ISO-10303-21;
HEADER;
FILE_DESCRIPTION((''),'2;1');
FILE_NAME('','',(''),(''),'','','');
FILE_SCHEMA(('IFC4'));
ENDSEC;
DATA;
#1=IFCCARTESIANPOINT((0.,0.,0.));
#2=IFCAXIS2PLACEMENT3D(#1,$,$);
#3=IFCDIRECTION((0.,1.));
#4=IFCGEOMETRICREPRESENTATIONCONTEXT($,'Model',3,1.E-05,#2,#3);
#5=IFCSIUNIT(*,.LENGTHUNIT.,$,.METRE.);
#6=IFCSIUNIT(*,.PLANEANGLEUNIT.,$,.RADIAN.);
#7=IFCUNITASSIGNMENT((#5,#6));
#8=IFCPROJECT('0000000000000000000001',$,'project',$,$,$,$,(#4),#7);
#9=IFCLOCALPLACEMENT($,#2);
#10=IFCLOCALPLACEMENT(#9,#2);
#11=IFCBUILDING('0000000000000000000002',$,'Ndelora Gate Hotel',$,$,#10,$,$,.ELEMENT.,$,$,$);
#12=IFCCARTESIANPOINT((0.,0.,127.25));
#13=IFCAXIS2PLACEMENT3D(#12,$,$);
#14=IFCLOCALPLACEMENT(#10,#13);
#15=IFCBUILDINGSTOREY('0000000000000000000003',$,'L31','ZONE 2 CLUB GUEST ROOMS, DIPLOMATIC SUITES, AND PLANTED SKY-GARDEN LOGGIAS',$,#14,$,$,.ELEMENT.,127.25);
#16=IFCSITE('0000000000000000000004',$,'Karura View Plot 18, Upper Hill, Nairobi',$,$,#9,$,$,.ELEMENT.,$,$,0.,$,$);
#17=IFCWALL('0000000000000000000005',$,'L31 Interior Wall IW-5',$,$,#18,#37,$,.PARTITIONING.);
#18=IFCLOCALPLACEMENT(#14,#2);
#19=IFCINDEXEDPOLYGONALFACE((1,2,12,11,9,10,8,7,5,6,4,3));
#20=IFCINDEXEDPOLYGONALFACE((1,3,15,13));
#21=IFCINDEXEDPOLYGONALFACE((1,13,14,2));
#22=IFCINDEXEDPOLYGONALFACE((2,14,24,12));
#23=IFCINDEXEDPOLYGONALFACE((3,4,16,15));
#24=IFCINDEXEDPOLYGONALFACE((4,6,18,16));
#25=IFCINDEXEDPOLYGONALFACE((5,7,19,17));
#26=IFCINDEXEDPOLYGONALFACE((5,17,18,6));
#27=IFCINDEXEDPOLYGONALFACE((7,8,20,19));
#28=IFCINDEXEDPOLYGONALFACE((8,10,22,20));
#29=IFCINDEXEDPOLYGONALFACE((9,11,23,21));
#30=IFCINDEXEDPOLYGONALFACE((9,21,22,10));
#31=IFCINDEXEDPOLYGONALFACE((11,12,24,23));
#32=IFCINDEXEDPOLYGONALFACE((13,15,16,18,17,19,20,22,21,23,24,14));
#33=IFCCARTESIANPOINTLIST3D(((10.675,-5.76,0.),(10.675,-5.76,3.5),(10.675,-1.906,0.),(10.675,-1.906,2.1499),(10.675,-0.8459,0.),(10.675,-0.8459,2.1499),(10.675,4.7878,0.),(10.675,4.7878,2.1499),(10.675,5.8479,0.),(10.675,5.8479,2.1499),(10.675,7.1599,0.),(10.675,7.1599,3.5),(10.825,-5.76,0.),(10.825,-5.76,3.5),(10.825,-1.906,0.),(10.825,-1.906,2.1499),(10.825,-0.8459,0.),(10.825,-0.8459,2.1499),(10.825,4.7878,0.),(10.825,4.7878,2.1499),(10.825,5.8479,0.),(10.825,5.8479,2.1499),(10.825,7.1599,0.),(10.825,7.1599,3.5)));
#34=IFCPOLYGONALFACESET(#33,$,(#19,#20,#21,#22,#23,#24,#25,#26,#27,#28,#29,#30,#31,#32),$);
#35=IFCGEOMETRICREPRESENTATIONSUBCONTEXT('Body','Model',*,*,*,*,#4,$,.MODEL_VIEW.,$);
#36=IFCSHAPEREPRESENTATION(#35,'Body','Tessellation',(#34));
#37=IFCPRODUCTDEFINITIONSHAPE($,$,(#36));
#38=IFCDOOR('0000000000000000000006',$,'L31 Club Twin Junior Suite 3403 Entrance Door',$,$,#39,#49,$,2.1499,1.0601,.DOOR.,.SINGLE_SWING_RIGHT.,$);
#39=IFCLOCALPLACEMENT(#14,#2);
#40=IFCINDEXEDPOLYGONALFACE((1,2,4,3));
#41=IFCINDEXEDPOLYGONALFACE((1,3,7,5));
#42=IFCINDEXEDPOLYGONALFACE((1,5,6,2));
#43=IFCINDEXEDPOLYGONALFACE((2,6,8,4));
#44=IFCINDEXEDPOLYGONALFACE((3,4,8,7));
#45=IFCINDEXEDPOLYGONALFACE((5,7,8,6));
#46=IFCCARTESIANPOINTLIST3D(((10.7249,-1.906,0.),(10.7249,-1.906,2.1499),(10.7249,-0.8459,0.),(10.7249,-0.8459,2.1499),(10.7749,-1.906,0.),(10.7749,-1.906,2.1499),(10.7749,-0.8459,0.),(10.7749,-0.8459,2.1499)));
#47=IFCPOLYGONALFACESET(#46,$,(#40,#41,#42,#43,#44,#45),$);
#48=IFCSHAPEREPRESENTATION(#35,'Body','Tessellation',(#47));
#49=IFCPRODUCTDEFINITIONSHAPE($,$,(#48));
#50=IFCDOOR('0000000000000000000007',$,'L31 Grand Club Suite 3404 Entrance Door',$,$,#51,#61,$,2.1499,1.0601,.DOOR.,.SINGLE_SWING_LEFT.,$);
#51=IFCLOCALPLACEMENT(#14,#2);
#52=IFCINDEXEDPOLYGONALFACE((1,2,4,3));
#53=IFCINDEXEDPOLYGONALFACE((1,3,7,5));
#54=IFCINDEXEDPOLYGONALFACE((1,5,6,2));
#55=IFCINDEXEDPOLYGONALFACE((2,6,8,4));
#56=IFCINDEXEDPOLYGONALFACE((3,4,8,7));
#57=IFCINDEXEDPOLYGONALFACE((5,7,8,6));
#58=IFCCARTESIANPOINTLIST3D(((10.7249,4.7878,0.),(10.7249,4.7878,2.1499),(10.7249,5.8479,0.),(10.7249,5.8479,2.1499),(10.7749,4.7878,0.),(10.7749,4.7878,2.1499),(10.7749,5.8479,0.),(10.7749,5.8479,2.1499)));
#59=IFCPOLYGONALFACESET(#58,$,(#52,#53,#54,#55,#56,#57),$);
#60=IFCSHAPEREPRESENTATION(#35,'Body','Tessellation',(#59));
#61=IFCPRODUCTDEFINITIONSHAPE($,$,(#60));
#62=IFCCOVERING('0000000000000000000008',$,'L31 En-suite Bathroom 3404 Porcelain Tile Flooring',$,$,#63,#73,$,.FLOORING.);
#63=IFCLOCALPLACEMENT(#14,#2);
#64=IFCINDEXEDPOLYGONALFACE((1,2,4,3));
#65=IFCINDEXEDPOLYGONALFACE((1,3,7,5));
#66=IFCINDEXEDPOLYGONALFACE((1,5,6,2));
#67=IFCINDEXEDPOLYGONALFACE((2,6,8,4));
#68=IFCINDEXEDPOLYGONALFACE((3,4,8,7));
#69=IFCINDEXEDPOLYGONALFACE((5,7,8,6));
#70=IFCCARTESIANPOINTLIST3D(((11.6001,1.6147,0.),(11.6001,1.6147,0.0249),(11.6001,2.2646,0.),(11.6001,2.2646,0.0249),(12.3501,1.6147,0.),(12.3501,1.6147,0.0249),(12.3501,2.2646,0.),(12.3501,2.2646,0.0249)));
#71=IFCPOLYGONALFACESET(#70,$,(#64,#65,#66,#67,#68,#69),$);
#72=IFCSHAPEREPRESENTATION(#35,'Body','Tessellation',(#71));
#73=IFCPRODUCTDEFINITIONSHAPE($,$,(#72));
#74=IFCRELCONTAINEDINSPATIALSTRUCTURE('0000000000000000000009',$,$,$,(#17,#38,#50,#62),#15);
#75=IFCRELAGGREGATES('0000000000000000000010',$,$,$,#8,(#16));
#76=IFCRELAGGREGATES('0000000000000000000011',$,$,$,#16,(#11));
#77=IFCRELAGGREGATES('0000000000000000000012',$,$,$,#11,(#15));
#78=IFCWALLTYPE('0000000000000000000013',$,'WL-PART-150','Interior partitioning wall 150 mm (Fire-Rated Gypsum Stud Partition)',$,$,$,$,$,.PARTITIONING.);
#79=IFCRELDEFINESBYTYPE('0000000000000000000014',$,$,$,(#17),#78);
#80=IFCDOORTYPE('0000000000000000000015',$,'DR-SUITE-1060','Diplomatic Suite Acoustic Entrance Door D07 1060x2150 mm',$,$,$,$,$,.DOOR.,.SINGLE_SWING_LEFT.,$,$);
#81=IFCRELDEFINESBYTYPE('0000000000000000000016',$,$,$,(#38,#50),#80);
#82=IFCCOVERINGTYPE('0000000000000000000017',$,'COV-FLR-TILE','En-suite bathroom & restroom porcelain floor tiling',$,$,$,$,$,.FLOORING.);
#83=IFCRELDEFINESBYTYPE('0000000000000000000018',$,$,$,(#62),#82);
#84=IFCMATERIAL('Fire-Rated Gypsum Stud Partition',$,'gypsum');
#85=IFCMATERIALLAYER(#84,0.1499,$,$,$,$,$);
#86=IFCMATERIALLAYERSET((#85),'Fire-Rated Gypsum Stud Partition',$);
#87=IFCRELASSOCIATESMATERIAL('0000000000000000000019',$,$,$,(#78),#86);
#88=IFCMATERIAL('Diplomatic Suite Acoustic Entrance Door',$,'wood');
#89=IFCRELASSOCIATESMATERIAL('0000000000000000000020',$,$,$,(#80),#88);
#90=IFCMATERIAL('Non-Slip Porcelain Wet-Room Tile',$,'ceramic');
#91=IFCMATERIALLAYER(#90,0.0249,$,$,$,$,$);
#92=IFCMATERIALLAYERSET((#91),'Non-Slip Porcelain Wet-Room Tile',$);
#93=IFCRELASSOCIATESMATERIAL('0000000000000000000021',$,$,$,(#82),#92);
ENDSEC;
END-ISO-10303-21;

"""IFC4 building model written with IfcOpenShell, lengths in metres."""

from ifc_helpers import new_model, si_unit, direction, frame, frame_2d, origin, origin_2d, place, context, subcontext, project, spatial, rectangle, extrude, material, layer, layer_set, type_object, element, fill, save


model = new_model("IFC4")

# Units and contexts
model_context = context("Model", 3, precision=1e-05, world=origin(), true_north=direction((0.0, 1.0)))
body_context = subcontext(model_context, "Body", "Model", "MODEL_VIEW")
ifc_project = project(units=[si_unit("LENGTHUNIT", "METRE"), si_unit("PLANEANGLEUNIT", "RADIAN")], contexts=[model_context])

# Site, building, storey
site_placement = place(None, origin())
site = spatial("IfcSite", under=ifc_project, at=site_placement, Name="Karura View Plot 18, Upper Hill, Nairobi", CompositionType="ELEMENT", RefElevation=0.0)
building_placement = place(site_placement, origin())
building = spatial("IfcBuilding", under=site, at=building_placement, Name="Ndelora Gate Hotel", CompositionType="ELEMENT")
storey_placement = place(building_placement, frame((0.0, 0.0, 127.25)))
storey = spatial("IfcBuildingStorey", under=building, at=storey_placement, Name="L31", Description="ZONE 2 CLUB GUEST ROOMS, DIPLOMATIC SUITES, AND PLANTED SKY-GARDEN LOGGIAS", CompositionType="ELEMENT", Elevation=127.25)

# Wall, openings, doors
ifc_material_1 = material(Name="Fire-Rated Gypsum Stud Partition", Category="gypsum")
ifc_layer_1 = layer(ifc_material_1, 0.1499)
ifc_layer_set_1 = layer_set([ifc_layer_1], Name="Fire-Rated Gypsum Stud Partition")
wall_type_1 = type_object("IfcWallType", Name="WL-PART-150", Description="Interior partitioning wall 150 mm (Fire-Rated Gypsum Stud Partition)", PredefinedType="PARTITIONING", material=ifc_layer_set_1)
wall_1_placement = place(storey_placement, frame((10.75, 7.1599, 0.0), z_axis=(0.0, 0.0, 1.0), x_axis=(0.0, -1.0, 0.0)))
wall_1 = element("IfcWall", 1, at=wall_1_placement, inside=storey, type_object=wall_type_1, Name="L31 Interior Wall IW-5", PredefinedType="PARTITIONING", context=body_context, shape_type="SweptSolid", body=[
    extrude(rectangle(XDim=12.9199, YDim=0.1499, at=frame_2d((6.46, 0.0))), origin(), (0.0, 0.0, 1.0), 3.5),
])
opening_1_placement = place(wall_1_placement, frame((8.0059, 0.0, 0.0)))
opening_1 = element("IfcOpeningElement", 2, at=opening_1_placement, cuts=wall_1, PredefinedType="OPENING", context=body_context, shape_type="SweptSolid", body=[
    extrude(rectangle(XDim=1.0601, YDim=2.1499, at=frame_2d((0.53, 1.075))), frame((0.0, 0.085, 0.0), z_axis=(0.0, -1.0, 0.0), x_axis=(1.0, 0.0, 0.0)), (0.0, 0.0, 1.0), 0.1699),
])
opening_2_placement = place(wall_1_placement, frame((1.312, 0.0, 0.0)))
opening_2 = element("IfcOpeningElement", 3, at=opening_2_placement, cuts=wall_1, PredefinedType="OPENING", context=body_context, shape_type="SweptSolid", body=[
    extrude(rectangle(XDim=1.0601, YDim=2.1499, at=frame_2d((0.53, 1.075))), frame((0.0, 0.085, 0.0), z_axis=(0.0, -1.0, 0.0), x_axis=(1.0, 0.0, 0.0)), (0.0, 0.0, 1.0), 0.1699),
])
ifc_material_2 = material(Name="Diplomatic Suite Acoustic Entrance Door", Category="wood")
door_type = type_object("IfcDoorType", Name="DR-SUITE-1060", Description="Diplomatic Suite Acoustic Entrance Door D07 1060x2150 mm", OperationType="SINGLE_SWING_LEFT", PredefinedType="DOOR", material=ifc_material_2)
door_1_placement = place(opening_1_placement, origin())
door_1 = element("IfcDoor", 4, at=door_1_placement, inside=storey, type_object=door_type, Name="L31 Club Twin Junior Suite 3403 Entrance Door", OperationType="SINGLE_SWING_RIGHT", OverallHeight=2.1499, OverallWidth=1.0601, PredefinedType="DOOR", context=body_context, shape_type="SweptSolid", body=[
    extrude(rectangle(XDim=1.0601, YDim=2.1499, at=frame_2d((0.53, 1.075))), frame((0.0, 0.0249, 0.0), z_axis=(0.0, -1.0, 0.0), x_axis=(1.0, 0.0, 0.0)), (0.0, 0.0, 1.0), 0.05),
])
fill(opening_1, door_1)
door_2_placement = place(opening_2_placement, origin())
door_2 = element("IfcDoor", 5, at=door_2_placement, inside=storey, type_object=door_type, Name="L31 Grand Club Suite 3404 Entrance Door", OperationType="SINGLE_SWING_LEFT", OverallHeight=2.1499, OverallWidth=1.0601, PredefinedType="DOOR", context=body_context, shape_type="SweptSolid", body=[
    extrude(rectangle(XDim=1.0601, YDim=2.1499, at=frame_2d((0.53, 1.075))), frame((0.0, 0.0249, 0.0), z_axis=(0.0, -1.0, 0.0), x_axis=(1.0, 0.0, 0.0)), (0.0, 0.0, 1.0), 0.05),
])
fill(opening_2, door_2)

# Covering
ifc_material_3 = material(Name="Non-Slip Porcelain Wet-Room Tile", Category="ceramic")
ifc_layer_2 = layer(ifc_material_3, 0.0249)
ifc_layer_set_2 = layer_set([ifc_layer_2], Name="Non-Slip Porcelain Wet-Room Tile")
covering_type = type_object("IfcCoveringType", Name="COV-FLR-TILE", Description="En-suite bathroom & restroom porcelain floor tiling", PredefinedType="FLOORING", material=ifc_layer_set_2)
covering_placement = place(storey_placement, frame((11.9751, 1.9397, 0.0), z_axis=(0.0, 0.0, 1.0), x_axis=(1.0, 0.0, 0.0)))
element("IfcCovering", 6, at=covering_placement, inside=storey, type_object=covering_type, Name="L31 En-suite Bathroom 3404 Porcelain Tile Flooring", PredefinedType="FLOORING", context=body_context, shape_type="SweptSolid", body=[
    extrude(rectangle(XDim=0.75, YDim=0.6499, at=origin_2d()), origin(), (0.0, 0.0, 1.0), 0.0249),
])

save(model, "model.ifc")
